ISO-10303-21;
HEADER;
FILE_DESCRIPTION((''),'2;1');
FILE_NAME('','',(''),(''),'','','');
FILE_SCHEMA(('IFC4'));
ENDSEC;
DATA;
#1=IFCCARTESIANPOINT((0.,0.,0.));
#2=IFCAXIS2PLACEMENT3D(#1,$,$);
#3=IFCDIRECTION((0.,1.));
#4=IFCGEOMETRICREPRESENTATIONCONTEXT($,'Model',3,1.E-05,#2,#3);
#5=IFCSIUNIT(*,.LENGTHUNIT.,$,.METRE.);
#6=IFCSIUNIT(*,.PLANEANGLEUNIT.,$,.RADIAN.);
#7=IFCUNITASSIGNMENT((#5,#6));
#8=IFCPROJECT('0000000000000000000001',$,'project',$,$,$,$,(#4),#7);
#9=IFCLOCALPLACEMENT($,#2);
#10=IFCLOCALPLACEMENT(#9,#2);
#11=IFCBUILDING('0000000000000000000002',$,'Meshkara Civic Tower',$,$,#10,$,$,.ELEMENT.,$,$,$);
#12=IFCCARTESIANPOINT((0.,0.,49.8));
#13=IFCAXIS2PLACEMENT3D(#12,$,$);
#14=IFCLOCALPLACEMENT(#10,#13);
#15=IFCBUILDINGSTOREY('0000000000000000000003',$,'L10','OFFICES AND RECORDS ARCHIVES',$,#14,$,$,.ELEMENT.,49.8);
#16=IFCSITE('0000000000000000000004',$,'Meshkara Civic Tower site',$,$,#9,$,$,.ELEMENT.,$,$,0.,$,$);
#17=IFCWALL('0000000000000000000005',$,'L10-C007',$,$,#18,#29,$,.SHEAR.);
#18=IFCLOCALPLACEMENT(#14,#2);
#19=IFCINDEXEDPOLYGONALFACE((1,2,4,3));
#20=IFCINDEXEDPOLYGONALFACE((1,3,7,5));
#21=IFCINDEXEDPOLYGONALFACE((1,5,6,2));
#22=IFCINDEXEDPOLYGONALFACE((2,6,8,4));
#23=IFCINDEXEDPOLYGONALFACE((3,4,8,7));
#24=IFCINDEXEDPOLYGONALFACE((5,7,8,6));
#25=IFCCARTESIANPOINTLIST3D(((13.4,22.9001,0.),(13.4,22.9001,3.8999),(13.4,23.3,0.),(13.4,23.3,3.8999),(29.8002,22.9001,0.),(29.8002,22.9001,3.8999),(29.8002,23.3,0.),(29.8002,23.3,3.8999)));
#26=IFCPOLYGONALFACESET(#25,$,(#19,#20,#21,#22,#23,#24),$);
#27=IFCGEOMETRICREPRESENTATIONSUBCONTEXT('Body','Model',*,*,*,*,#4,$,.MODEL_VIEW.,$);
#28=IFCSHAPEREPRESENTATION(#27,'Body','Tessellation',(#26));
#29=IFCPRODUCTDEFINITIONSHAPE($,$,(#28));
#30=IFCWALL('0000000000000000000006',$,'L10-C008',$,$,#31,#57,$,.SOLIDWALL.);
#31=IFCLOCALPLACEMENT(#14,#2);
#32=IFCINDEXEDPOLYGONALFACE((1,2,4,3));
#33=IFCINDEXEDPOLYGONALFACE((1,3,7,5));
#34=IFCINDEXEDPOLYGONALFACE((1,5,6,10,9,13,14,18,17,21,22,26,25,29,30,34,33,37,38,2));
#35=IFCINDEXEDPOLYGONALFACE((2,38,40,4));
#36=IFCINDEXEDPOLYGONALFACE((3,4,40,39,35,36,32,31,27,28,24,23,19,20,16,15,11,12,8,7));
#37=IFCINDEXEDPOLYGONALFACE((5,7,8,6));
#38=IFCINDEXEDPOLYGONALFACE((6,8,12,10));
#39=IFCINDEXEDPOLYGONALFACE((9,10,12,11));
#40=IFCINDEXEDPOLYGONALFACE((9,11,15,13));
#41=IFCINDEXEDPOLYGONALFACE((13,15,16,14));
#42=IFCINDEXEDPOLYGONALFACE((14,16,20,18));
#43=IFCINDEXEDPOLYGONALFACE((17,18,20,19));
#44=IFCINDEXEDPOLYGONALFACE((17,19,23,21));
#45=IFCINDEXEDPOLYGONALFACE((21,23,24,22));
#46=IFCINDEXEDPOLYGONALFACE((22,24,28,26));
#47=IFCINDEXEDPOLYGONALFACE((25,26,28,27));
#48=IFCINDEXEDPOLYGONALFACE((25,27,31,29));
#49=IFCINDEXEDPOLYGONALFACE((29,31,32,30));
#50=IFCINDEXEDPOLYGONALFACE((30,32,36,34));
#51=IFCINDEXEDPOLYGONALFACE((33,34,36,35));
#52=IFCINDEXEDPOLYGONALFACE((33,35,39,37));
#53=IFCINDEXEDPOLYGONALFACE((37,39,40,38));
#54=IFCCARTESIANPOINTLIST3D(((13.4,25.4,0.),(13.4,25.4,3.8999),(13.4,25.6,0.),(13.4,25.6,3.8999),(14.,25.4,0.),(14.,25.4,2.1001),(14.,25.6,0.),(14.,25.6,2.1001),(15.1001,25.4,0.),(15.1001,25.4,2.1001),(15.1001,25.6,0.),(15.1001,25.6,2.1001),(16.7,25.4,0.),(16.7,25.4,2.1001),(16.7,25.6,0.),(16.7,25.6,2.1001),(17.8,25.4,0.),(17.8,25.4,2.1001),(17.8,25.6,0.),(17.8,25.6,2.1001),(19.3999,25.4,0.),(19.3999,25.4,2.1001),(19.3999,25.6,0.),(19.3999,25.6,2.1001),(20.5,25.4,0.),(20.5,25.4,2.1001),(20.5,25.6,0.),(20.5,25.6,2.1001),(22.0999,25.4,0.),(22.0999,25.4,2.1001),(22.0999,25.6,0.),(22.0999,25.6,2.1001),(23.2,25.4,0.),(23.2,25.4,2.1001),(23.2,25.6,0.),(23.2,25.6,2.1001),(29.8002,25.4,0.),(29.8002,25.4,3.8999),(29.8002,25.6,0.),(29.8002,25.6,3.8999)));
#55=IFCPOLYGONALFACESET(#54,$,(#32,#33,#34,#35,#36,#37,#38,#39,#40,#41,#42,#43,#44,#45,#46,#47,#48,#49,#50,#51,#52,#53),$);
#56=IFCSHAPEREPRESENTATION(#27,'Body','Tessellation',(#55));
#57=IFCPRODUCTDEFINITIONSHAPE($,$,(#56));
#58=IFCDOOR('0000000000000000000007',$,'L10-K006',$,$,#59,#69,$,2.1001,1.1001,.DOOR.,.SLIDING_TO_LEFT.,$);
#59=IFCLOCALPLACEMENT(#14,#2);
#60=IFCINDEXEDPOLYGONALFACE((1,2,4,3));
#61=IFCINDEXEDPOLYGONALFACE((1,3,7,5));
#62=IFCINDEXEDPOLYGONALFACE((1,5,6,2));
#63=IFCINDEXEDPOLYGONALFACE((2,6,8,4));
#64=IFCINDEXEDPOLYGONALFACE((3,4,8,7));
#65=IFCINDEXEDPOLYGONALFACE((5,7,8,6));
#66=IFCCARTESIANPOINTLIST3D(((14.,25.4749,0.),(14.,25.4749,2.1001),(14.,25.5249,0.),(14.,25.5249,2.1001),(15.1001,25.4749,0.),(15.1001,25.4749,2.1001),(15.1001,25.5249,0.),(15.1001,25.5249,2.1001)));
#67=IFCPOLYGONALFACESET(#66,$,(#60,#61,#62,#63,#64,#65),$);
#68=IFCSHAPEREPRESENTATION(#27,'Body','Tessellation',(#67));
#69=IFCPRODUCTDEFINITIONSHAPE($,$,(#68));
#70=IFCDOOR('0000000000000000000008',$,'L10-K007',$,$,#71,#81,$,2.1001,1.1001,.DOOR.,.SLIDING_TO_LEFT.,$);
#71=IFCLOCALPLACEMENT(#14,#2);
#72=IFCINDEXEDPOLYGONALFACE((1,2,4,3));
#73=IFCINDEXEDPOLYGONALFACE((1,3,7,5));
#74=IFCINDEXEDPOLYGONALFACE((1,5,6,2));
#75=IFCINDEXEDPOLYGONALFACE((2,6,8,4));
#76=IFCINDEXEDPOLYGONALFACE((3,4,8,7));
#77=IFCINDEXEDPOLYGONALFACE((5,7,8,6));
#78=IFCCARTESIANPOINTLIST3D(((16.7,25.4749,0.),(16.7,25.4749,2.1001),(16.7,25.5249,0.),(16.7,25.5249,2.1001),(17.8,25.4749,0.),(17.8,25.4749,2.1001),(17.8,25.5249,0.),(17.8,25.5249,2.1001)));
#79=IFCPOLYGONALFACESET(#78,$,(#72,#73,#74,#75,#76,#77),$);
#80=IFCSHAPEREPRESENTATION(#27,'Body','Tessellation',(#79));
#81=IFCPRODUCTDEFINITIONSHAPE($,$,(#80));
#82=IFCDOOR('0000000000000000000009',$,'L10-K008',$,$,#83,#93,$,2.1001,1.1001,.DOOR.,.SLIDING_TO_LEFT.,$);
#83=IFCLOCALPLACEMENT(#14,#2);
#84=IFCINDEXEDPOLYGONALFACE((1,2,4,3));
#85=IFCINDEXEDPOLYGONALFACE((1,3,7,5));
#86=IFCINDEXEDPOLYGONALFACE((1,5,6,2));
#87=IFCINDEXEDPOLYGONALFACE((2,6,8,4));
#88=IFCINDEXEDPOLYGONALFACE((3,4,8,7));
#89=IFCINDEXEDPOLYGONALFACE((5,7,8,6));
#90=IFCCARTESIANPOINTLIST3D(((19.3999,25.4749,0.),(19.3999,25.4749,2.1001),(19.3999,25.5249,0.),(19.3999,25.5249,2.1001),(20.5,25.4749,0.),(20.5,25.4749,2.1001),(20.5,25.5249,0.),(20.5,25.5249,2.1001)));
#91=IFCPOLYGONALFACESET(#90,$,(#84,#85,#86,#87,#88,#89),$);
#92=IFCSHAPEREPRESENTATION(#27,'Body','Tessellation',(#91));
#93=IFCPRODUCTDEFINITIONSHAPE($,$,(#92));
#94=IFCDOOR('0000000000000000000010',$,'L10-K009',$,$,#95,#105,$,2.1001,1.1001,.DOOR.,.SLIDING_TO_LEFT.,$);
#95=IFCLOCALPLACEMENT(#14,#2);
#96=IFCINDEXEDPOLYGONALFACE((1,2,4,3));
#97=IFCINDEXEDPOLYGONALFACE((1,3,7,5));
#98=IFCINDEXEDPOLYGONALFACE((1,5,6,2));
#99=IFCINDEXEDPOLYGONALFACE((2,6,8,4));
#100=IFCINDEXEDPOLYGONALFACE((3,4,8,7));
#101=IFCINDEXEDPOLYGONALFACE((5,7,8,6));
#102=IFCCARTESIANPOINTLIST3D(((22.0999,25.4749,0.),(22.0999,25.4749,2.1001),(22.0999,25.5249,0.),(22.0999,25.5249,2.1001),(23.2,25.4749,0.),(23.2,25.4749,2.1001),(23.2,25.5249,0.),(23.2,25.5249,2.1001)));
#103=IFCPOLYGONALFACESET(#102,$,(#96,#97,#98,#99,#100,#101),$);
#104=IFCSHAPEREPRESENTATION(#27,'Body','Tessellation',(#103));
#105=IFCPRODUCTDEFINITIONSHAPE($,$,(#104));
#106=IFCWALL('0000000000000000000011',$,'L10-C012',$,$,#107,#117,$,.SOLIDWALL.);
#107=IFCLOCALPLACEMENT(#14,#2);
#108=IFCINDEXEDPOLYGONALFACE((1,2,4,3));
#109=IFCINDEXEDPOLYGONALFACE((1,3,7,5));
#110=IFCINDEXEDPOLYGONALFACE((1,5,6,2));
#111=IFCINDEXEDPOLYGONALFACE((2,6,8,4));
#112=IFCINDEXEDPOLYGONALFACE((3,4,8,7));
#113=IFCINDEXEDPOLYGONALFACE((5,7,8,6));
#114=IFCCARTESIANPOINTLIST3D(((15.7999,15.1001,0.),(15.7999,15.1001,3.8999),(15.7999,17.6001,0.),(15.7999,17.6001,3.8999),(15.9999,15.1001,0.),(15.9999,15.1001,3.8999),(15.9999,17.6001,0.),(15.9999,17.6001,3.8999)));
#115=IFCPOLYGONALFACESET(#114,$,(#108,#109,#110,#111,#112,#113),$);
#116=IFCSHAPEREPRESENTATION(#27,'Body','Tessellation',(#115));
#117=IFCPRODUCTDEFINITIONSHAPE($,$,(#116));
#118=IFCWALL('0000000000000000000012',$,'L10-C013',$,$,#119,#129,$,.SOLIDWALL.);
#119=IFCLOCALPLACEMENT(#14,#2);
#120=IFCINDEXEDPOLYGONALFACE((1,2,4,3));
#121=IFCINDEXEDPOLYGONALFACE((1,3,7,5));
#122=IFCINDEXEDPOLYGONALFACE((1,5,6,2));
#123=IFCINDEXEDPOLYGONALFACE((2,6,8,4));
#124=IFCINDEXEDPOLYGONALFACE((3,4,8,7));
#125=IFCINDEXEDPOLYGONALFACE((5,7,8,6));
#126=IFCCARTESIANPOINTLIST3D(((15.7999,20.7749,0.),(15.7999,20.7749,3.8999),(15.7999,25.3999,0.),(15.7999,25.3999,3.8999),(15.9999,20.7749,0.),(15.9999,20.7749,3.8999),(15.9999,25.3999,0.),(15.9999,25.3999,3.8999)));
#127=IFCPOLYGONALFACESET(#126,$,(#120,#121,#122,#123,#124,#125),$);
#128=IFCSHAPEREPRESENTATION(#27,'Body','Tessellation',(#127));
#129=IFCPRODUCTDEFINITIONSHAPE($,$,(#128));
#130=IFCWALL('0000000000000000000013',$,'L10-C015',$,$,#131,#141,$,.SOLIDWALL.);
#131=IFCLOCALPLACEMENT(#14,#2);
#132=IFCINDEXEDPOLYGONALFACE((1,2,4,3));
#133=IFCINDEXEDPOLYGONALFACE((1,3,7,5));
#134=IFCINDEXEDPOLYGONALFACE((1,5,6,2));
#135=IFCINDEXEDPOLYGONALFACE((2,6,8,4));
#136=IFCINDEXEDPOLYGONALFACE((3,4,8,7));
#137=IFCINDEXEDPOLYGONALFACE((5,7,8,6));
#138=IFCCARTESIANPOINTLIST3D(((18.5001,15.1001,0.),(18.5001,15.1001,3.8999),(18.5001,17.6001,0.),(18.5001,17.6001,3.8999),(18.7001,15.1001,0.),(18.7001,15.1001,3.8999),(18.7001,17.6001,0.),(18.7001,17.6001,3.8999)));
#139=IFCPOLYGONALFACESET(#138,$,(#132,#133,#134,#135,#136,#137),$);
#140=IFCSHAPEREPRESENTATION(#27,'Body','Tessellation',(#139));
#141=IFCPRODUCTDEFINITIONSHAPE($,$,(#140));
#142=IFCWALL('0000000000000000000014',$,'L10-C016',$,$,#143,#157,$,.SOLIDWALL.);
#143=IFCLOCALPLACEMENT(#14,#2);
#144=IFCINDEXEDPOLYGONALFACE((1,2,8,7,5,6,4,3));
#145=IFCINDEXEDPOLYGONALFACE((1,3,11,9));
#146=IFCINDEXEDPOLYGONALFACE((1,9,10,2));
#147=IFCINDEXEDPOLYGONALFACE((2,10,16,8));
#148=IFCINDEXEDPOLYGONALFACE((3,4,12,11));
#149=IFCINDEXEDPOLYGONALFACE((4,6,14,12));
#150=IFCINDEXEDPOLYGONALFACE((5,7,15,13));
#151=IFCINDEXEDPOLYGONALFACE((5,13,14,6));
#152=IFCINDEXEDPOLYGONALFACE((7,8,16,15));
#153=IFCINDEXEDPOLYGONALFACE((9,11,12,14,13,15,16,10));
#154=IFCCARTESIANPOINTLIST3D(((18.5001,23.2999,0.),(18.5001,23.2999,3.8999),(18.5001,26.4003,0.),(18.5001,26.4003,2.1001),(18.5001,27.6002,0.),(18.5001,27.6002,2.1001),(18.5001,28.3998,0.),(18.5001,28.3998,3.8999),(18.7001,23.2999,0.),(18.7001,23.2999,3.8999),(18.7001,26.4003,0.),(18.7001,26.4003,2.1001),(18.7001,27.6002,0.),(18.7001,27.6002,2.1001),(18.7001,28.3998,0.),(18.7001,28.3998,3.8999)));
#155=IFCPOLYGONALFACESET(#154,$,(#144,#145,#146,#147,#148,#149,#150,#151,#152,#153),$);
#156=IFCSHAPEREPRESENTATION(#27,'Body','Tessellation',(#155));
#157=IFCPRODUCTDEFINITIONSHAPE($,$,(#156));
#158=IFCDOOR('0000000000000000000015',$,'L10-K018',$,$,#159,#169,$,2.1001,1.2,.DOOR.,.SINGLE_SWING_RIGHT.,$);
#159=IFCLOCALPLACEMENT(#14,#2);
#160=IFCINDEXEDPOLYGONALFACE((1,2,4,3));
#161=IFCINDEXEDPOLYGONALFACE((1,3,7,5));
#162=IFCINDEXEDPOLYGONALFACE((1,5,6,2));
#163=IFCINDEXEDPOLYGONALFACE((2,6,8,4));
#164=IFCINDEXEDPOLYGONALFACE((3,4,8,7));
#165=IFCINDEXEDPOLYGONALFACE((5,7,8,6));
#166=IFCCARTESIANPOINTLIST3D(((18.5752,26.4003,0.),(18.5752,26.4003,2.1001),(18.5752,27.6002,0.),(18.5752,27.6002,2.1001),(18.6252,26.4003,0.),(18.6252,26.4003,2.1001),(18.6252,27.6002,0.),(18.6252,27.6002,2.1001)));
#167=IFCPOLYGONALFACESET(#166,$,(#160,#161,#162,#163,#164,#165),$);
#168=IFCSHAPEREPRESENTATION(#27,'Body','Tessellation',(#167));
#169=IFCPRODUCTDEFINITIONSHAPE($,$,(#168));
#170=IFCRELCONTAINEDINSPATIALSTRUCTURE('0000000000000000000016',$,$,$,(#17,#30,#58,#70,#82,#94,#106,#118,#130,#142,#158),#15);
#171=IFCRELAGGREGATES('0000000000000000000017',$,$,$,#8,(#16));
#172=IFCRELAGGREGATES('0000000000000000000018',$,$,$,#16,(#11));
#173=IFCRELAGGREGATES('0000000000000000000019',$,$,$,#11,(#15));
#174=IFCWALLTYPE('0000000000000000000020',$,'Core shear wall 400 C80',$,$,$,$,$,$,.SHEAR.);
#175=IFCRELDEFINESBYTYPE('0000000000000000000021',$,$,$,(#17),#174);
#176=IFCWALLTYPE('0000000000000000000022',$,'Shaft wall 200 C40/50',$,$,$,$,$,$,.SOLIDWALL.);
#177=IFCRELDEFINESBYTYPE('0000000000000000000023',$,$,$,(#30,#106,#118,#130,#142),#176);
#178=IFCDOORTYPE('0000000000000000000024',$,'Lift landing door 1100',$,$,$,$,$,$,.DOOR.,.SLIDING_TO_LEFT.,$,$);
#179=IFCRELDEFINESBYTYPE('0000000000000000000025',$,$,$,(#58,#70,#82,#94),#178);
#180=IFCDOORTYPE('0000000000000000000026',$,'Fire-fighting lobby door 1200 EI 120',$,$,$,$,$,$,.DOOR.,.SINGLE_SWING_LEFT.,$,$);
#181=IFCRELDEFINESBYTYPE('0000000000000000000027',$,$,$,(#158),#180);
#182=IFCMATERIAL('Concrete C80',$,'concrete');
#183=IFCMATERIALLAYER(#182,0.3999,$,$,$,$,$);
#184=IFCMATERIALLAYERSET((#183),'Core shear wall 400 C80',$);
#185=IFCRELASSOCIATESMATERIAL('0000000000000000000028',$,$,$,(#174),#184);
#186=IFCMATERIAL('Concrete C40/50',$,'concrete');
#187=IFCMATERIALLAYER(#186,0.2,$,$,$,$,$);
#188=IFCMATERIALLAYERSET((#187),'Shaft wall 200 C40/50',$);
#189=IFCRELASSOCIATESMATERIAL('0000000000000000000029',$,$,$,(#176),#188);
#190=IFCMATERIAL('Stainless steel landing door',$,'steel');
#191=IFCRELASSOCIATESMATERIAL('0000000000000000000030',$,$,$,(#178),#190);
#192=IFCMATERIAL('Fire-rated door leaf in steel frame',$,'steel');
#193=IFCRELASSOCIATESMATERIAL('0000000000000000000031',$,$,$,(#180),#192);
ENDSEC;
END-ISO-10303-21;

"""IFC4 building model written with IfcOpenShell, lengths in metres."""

from ifc_helpers import new_model, si_unit, direction, frame, frame_2d, origin, place, context, subcontext, project, spatial, rectangle, extrude, material, layer, layer_set, type_object, element, fill, save


model = new_model("IFC4")

# Units and contexts
model_context = context("Model", 3, precision=1e-05, world=origin(), true_north=direction((0.0, 1.0)))
body_context = subcontext(model_context, "Body", "Model", "MODEL_VIEW")
ifc_project = project(units=[si_unit("LENGTHUNIT", "METRE"), si_unit("PLANEANGLEUNIT", "RADIAN")], contexts=[model_context])

# Site, building, storey
site_placement = place(None, origin())
site = spatial("IfcSite", under=ifc_project, at=site_placement, Name="Meshkara Civic Tower site", CompositionType="ELEMENT", RefElevation=0.0)
building_placement = place(site_placement, origin())
building = spatial("IfcBuilding", under=site, at=building_placement, Name="Meshkara Civic Tower", CompositionType="ELEMENT")
storey_placement = place(building_placement, frame((0.0, 0.0, 49.8)))
storey = spatial("IfcBuildingStorey", under=building, at=storey_placement, Name="L10", Description="OFFICES AND RECORDS ARCHIVES", CompositionType="ELEMENT", Elevation=49.8)

# Wall
ifc_material_1 = material(Name="Concrete C80", Category="concrete")
ifc_layer_1 = layer(ifc_material_1, 0.3999)
ifc_layer_set_1 = layer_set([ifc_layer_1], Name="Core shear wall 400 C80")
wall_type_1 = type_object("IfcWallType", Name="Core shear wall 400 C80", PredefinedType="SHEAR", material=ifc_layer_set_1)
wall_1_placement = place(storey_placement, frame((13.3999, 23.1001, 0.0), z_axis=(0.0, 0.0, 1.0), x_axis=(1.0, 0.0, 0.0)))
element("IfcWall", 1, at=wall_1_placement, inside=storey, type_object=wall_type_1, Name="L10-C007", PredefinedType="SHEAR", context=body_context, shape_type="SweptSolid", body=[
    extrude(rectangle(XDim=16.4001, YDim=0.3999, at=frame_2d((8.2002, 0.0))), origin(), (0.0, 0.0, 1.0), 3.8999),
])

# Wall, openings, doors
ifc_material_2 = material(Name="Concrete C40/50", Category="concrete")
ifc_layer_2 = layer(ifc_material_2, 0.2)
ifc_layer_set_2 = layer_set([ifc_layer_2], Name="Shaft wall 200 C40/50")
wall_type_2 = type_object("IfcWallType", Name="Shaft wall 200 C40/50", PredefinedType="SOLIDWALL", material=ifc_layer_set_2)
wall_2_placement = place(storey_placement, frame((13.3999, 25.5, 0.0), z_axis=(0.0, 0.0, 1.0), x_axis=(1.0, 0.0, 0.0)))
wall_2 = element("IfcWall", 2, at=wall_2_placement, inside=storey, type_object=wall_type_2, Name="L10-C008", PredefinedType="SOLIDWALL", context=body_context, shape_type="SweptSolid", body=[
    extrude(rectangle(XDim=16.4001, YDim=0.2, at=frame_2d((8.2002, 0.0))), origin(), (0.0, 0.0, 1.0), 3.8999),
])
opening_1_placement = place(wall_2_placement, frame((0.6001, 0.0, 0.0)))
opening_1 = element("IfcOpeningElement", 3, at=opening_1_placement, cuts=wall_2, PredefinedType="OPENING", context=body_context, shape_type="SweptSolid", body=[
    extrude(rectangle(XDim=1.1001, YDim=2.1001, at=frame_2d((0.55, 1.05))), frame((0.0, 0.1099, 0.0), z_axis=(0.0, -1.0, 0.0), x_axis=(1.0, 0.0, 0.0)), (0.0, 0.0, 1.0), 0.22),
])
opening_2_placement = place(wall_2_placement, frame((3.3, 0.0, 0.0)))
opening_2 = element("IfcOpeningElement", 4, at=opening_2_placement, cuts=wall_2, PredefinedType="OPENING", context=body_context, shape_type="SweptSolid", body=[
    extrude(rectangle(XDim=1.1001, YDim=2.1001, at=frame_2d((0.55, 1.05))), frame((0.0, 0.1099, 0.0), z_axis=(0.0, -1.0, 0.0), x_axis=(1.0, 0.0, 0.0)), (0.0, 0.0, 1.0), 0.22),
])
opening_3_placement = place(wall_2_placement, frame((6.0, 0.0, 0.0)))
opening_3 = element("IfcOpeningElement", 5, at=opening_3_placement, cuts=wall_2, PredefinedType="OPENING", context=body_context, shape_type="SweptSolid", body=[
    extrude(rectangle(XDim=1.1001, YDim=2.1001, at=frame_2d((0.55, 1.05))), frame((0.0, 0.1099, 0.0), z_axis=(0.0, -1.0, 0.0), x_axis=(1.0, 0.0, 0.0)), (0.0, 0.0, 1.0), 0.22),
])
opening_4_placement = place(wall_2_placement, frame((8.7, 0.0, 0.0)))
opening_4 = element("IfcOpeningElement", 6, at=opening_4_placement, cuts=wall_2, PredefinedType="OPENING", context=body_context, shape_type="SweptSolid", body=[
    extrude(rectangle(XDim=1.1001, YDim=2.1001, at=frame_2d((0.55, 1.05))), frame((0.0, 0.1099, 0.0), z_axis=(0.0, -1.0, 0.0), x_axis=(1.0, 0.0, 0.0)), (0.0, 0.0, 1.0), 0.22),
])
ifc_material_3 = material(Name="Stainless steel landing door", Category="steel")
door_type_1 = type_object("IfcDoorType", Name="Lift landing door 1100", OperationType="SLIDING_TO_LEFT", PredefinedType="DOOR", material=ifc_material_3)
door_1_placement = place(opening_1_placement, origin())
door_1 = element("IfcDoor", 7, at=door_1_placement, inside=storey, type_object=door_type_1, Name="L10-K006", OperationType="SLIDING_TO_LEFT", OverallHeight=2.1001, OverallWidth=1.1001, PredefinedType="DOOR", context=body_context, shape_type="SweptSolid", body=[
    extrude(rectangle(XDim=1.1001, YDim=2.1001, at=frame_2d((0.55, 1.05))), frame((0.0, 0.0249, 0.0), z_axis=(0.0, -1.0, 0.0), x_axis=(1.0, 0.0, 0.0)), (0.0, 0.0, 1.0), 0.05),
])
fill(opening_1, door_1)
door_2_placement = place(opening_2_placement, origin())
door_2 = element("IfcDoor", 8, at=door_2_placement, inside=storey, type_object=door_type_1, Name="L10-K007", OperationType="SLIDING_TO_LEFT", OverallHeight=2.1001, OverallWidth=1.1001, PredefinedType="DOOR", context=body_context, shape_type="SweptSolid", body=[
    extrude(rectangle(XDim=1.1001, YDim=2.1001, at=frame_2d((0.55, 1.05))), frame((0.0, 0.0249, 0.0), z_axis=(0.0, -1.0, 0.0), x_axis=(1.0, 0.0, 0.0)), (0.0, 0.0, 1.0), 0.05),
])
fill(opening_2, door_2)
door_3_placement = place(opening_3_placement, origin())
door_3 = element("IfcDoor", 9, at=door_3_placement, inside=storey, type_object=door_type_1, Name="L10-K008", OperationType="SLIDING_TO_LEFT", OverallHeight=2.1001, OverallWidth=1.1001, PredefinedType="DOOR", context=body_context, shape_type="SweptSolid", body=[
    extrude(rectangle(XDim=1.1001, YDim=2.1001, at=frame_2d((0.55, 1.05))), frame((0.0, 0.0249, 0.0), z_axis=(0.0, -1.0, 0.0), x_axis=(1.0, 0.0, 0.0)), (0.0, 0.0, 1.0), 0.05),
])
fill(opening_3, door_3)
door_4_placement = place(opening_4_placement, origin())
door_4 = element("IfcDoor", 10, at=door_4_placement, inside=storey, type_object=door_type_1, Name="L10-K009", OperationType="SLIDING_TO_LEFT", OverallHeight=2.1001, OverallWidth=1.1001, PredefinedType="DOOR", context=body_context, shape_type="SweptSolid", body=[
    extrude(rectangle(XDim=1.1001, YDim=2.1001, at=frame_2d((0.55, 1.05))), frame((0.0, 0.0249, 0.0), z_axis=(0.0, -1.0, 0.0), x_axis=(1.0, 0.0, 0.0)), (0.0, 0.0, 1.0), 0.05),
])
fill(opening_4, door_4)

# Walls
wall_3_placement = place(storey_placement, frame((15.8999, 15.1001, 0.0), z_axis=(0.0, 0.0, 1.0), x_axis=(0.0, 1.0, 0.0)))
element("IfcWall", 11, at=wall_3_placement, inside=storey, type_object=wall_type_2, Name="L10-C012", PredefinedType="SOLIDWALL", context=body_context, shape_type="SweptSolid", body=[
    extrude(rectangle(XDim=2.5, YDim=0.2, at=frame_2d((1.25, 0.0))), origin(), (0.0, 0.0, 1.0), 3.8999),
])
wall_4_placement = place(storey_placement, frame((15.8999, 20.7749, 0.0), z_axis=(0.0, 0.0, 1.0), x_axis=(0.0, 1.0, 0.0)))
element("IfcWall", 12, at=wall_4_placement, inside=storey, type_object=wall_type_2, Name="L10-C013", PredefinedType="SOLIDWALL", context=body_context, shape_type="SweptSolid", body=[
    extrude(rectangle(XDim=4.625, YDim=0.2, at=frame_2d((2.3125, 0.0))), origin(), (0.0, 0.0, 1.0), 3.8999),
])
wall_5_placement = place(storey_placement, frame((18.6001, 15.1001, 0.0), z_axis=(0.0, 0.0, 1.0), x_axis=(0.0, 1.0, 0.0)))
element("IfcWall", 13, at=wall_5_placement, inside=storey, type_object=wall_type_2, Name="L10-C015", PredefinedType="SOLIDWALL", context=body_context, shape_type="SweptSolid", body=[
    extrude(rectangle(XDim=2.5, YDim=0.2, at=frame_2d((1.25, 0.0))), origin(), (0.0, 0.0, 1.0), 3.8999),
])

# Wall, opening, door
wall_6_placement = place(storey_placement, frame((18.6001, 23.3, 0.0), z_axis=(0.0, 0.0, 1.0), x_axis=(0.0, 1.0, 0.0)))
wall_6 = element("IfcWall", 14, at=wall_6_placement, inside=storey, type_object=wall_type_2, Name="L10-C016", PredefinedType="SOLIDWALL", context=body_context, shape_type="SweptSolid", body=[
    extrude(rectangle(XDim=5.0999, YDim=0.2, at=frame_2d((2.5498, 0.0))), origin(), (0.0, 0.0, 1.0), 3.8999),
])
opening_5_placement = place(wall_6_placement, frame((3.1001, 0.0, 0.0)))
opening_5 = element("IfcOpeningElement", 15, at=opening_5_placement, cuts=wall_6, PredefinedType="OPENING", context=body_context, shape_type="SweptSolid", body=[
    extrude(rectangle(XDim=1.2, YDim=2.1001, at=frame_2d((0.6001, 1.05))), frame((0.0, 0.1099, 0.0), z_axis=(0.0, -1.0, 0.0), x_axis=(1.0, 0.0, 0.0)), (0.0, 0.0, 1.0), 0.22),
])
ifc_material_4 = material(Name="Fire-rated door leaf in steel frame", Category="steel")
door_type_2 = type_object("IfcDoorType", Name="Fire-fighting lobby door 1200 EI 120", OperationType="SINGLE_SWING_LEFT", PredefinedType="DOOR", material=ifc_material_4)
door_5_placement = place(opening_5_placement, origin())
door_5 = element("IfcDoor", 16, at=door_5_placement, inside=storey, type_object=door_type_2, Name="L10-K018", OperationType="SINGLE_SWING_RIGHT", OverallHeight=2.1001, OverallWidth=1.2, PredefinedType="DOOR", context=body_context, shape_type="SweptSolid", body=[
    extrude(rectangle(XDim=1.2, YDim=2.1001, at=frame_2d((0.6001, 1.05))), frame((0.0, 0.0249, 0.0), z_axis=(0.0, -1.0, 0.0), x_axis=(1.0, 0.0, 0.0)), (0.0, 0.0, 1.0), 0.05),
])
fill(opening_5, door_5)

save(model, "model.ifc")
